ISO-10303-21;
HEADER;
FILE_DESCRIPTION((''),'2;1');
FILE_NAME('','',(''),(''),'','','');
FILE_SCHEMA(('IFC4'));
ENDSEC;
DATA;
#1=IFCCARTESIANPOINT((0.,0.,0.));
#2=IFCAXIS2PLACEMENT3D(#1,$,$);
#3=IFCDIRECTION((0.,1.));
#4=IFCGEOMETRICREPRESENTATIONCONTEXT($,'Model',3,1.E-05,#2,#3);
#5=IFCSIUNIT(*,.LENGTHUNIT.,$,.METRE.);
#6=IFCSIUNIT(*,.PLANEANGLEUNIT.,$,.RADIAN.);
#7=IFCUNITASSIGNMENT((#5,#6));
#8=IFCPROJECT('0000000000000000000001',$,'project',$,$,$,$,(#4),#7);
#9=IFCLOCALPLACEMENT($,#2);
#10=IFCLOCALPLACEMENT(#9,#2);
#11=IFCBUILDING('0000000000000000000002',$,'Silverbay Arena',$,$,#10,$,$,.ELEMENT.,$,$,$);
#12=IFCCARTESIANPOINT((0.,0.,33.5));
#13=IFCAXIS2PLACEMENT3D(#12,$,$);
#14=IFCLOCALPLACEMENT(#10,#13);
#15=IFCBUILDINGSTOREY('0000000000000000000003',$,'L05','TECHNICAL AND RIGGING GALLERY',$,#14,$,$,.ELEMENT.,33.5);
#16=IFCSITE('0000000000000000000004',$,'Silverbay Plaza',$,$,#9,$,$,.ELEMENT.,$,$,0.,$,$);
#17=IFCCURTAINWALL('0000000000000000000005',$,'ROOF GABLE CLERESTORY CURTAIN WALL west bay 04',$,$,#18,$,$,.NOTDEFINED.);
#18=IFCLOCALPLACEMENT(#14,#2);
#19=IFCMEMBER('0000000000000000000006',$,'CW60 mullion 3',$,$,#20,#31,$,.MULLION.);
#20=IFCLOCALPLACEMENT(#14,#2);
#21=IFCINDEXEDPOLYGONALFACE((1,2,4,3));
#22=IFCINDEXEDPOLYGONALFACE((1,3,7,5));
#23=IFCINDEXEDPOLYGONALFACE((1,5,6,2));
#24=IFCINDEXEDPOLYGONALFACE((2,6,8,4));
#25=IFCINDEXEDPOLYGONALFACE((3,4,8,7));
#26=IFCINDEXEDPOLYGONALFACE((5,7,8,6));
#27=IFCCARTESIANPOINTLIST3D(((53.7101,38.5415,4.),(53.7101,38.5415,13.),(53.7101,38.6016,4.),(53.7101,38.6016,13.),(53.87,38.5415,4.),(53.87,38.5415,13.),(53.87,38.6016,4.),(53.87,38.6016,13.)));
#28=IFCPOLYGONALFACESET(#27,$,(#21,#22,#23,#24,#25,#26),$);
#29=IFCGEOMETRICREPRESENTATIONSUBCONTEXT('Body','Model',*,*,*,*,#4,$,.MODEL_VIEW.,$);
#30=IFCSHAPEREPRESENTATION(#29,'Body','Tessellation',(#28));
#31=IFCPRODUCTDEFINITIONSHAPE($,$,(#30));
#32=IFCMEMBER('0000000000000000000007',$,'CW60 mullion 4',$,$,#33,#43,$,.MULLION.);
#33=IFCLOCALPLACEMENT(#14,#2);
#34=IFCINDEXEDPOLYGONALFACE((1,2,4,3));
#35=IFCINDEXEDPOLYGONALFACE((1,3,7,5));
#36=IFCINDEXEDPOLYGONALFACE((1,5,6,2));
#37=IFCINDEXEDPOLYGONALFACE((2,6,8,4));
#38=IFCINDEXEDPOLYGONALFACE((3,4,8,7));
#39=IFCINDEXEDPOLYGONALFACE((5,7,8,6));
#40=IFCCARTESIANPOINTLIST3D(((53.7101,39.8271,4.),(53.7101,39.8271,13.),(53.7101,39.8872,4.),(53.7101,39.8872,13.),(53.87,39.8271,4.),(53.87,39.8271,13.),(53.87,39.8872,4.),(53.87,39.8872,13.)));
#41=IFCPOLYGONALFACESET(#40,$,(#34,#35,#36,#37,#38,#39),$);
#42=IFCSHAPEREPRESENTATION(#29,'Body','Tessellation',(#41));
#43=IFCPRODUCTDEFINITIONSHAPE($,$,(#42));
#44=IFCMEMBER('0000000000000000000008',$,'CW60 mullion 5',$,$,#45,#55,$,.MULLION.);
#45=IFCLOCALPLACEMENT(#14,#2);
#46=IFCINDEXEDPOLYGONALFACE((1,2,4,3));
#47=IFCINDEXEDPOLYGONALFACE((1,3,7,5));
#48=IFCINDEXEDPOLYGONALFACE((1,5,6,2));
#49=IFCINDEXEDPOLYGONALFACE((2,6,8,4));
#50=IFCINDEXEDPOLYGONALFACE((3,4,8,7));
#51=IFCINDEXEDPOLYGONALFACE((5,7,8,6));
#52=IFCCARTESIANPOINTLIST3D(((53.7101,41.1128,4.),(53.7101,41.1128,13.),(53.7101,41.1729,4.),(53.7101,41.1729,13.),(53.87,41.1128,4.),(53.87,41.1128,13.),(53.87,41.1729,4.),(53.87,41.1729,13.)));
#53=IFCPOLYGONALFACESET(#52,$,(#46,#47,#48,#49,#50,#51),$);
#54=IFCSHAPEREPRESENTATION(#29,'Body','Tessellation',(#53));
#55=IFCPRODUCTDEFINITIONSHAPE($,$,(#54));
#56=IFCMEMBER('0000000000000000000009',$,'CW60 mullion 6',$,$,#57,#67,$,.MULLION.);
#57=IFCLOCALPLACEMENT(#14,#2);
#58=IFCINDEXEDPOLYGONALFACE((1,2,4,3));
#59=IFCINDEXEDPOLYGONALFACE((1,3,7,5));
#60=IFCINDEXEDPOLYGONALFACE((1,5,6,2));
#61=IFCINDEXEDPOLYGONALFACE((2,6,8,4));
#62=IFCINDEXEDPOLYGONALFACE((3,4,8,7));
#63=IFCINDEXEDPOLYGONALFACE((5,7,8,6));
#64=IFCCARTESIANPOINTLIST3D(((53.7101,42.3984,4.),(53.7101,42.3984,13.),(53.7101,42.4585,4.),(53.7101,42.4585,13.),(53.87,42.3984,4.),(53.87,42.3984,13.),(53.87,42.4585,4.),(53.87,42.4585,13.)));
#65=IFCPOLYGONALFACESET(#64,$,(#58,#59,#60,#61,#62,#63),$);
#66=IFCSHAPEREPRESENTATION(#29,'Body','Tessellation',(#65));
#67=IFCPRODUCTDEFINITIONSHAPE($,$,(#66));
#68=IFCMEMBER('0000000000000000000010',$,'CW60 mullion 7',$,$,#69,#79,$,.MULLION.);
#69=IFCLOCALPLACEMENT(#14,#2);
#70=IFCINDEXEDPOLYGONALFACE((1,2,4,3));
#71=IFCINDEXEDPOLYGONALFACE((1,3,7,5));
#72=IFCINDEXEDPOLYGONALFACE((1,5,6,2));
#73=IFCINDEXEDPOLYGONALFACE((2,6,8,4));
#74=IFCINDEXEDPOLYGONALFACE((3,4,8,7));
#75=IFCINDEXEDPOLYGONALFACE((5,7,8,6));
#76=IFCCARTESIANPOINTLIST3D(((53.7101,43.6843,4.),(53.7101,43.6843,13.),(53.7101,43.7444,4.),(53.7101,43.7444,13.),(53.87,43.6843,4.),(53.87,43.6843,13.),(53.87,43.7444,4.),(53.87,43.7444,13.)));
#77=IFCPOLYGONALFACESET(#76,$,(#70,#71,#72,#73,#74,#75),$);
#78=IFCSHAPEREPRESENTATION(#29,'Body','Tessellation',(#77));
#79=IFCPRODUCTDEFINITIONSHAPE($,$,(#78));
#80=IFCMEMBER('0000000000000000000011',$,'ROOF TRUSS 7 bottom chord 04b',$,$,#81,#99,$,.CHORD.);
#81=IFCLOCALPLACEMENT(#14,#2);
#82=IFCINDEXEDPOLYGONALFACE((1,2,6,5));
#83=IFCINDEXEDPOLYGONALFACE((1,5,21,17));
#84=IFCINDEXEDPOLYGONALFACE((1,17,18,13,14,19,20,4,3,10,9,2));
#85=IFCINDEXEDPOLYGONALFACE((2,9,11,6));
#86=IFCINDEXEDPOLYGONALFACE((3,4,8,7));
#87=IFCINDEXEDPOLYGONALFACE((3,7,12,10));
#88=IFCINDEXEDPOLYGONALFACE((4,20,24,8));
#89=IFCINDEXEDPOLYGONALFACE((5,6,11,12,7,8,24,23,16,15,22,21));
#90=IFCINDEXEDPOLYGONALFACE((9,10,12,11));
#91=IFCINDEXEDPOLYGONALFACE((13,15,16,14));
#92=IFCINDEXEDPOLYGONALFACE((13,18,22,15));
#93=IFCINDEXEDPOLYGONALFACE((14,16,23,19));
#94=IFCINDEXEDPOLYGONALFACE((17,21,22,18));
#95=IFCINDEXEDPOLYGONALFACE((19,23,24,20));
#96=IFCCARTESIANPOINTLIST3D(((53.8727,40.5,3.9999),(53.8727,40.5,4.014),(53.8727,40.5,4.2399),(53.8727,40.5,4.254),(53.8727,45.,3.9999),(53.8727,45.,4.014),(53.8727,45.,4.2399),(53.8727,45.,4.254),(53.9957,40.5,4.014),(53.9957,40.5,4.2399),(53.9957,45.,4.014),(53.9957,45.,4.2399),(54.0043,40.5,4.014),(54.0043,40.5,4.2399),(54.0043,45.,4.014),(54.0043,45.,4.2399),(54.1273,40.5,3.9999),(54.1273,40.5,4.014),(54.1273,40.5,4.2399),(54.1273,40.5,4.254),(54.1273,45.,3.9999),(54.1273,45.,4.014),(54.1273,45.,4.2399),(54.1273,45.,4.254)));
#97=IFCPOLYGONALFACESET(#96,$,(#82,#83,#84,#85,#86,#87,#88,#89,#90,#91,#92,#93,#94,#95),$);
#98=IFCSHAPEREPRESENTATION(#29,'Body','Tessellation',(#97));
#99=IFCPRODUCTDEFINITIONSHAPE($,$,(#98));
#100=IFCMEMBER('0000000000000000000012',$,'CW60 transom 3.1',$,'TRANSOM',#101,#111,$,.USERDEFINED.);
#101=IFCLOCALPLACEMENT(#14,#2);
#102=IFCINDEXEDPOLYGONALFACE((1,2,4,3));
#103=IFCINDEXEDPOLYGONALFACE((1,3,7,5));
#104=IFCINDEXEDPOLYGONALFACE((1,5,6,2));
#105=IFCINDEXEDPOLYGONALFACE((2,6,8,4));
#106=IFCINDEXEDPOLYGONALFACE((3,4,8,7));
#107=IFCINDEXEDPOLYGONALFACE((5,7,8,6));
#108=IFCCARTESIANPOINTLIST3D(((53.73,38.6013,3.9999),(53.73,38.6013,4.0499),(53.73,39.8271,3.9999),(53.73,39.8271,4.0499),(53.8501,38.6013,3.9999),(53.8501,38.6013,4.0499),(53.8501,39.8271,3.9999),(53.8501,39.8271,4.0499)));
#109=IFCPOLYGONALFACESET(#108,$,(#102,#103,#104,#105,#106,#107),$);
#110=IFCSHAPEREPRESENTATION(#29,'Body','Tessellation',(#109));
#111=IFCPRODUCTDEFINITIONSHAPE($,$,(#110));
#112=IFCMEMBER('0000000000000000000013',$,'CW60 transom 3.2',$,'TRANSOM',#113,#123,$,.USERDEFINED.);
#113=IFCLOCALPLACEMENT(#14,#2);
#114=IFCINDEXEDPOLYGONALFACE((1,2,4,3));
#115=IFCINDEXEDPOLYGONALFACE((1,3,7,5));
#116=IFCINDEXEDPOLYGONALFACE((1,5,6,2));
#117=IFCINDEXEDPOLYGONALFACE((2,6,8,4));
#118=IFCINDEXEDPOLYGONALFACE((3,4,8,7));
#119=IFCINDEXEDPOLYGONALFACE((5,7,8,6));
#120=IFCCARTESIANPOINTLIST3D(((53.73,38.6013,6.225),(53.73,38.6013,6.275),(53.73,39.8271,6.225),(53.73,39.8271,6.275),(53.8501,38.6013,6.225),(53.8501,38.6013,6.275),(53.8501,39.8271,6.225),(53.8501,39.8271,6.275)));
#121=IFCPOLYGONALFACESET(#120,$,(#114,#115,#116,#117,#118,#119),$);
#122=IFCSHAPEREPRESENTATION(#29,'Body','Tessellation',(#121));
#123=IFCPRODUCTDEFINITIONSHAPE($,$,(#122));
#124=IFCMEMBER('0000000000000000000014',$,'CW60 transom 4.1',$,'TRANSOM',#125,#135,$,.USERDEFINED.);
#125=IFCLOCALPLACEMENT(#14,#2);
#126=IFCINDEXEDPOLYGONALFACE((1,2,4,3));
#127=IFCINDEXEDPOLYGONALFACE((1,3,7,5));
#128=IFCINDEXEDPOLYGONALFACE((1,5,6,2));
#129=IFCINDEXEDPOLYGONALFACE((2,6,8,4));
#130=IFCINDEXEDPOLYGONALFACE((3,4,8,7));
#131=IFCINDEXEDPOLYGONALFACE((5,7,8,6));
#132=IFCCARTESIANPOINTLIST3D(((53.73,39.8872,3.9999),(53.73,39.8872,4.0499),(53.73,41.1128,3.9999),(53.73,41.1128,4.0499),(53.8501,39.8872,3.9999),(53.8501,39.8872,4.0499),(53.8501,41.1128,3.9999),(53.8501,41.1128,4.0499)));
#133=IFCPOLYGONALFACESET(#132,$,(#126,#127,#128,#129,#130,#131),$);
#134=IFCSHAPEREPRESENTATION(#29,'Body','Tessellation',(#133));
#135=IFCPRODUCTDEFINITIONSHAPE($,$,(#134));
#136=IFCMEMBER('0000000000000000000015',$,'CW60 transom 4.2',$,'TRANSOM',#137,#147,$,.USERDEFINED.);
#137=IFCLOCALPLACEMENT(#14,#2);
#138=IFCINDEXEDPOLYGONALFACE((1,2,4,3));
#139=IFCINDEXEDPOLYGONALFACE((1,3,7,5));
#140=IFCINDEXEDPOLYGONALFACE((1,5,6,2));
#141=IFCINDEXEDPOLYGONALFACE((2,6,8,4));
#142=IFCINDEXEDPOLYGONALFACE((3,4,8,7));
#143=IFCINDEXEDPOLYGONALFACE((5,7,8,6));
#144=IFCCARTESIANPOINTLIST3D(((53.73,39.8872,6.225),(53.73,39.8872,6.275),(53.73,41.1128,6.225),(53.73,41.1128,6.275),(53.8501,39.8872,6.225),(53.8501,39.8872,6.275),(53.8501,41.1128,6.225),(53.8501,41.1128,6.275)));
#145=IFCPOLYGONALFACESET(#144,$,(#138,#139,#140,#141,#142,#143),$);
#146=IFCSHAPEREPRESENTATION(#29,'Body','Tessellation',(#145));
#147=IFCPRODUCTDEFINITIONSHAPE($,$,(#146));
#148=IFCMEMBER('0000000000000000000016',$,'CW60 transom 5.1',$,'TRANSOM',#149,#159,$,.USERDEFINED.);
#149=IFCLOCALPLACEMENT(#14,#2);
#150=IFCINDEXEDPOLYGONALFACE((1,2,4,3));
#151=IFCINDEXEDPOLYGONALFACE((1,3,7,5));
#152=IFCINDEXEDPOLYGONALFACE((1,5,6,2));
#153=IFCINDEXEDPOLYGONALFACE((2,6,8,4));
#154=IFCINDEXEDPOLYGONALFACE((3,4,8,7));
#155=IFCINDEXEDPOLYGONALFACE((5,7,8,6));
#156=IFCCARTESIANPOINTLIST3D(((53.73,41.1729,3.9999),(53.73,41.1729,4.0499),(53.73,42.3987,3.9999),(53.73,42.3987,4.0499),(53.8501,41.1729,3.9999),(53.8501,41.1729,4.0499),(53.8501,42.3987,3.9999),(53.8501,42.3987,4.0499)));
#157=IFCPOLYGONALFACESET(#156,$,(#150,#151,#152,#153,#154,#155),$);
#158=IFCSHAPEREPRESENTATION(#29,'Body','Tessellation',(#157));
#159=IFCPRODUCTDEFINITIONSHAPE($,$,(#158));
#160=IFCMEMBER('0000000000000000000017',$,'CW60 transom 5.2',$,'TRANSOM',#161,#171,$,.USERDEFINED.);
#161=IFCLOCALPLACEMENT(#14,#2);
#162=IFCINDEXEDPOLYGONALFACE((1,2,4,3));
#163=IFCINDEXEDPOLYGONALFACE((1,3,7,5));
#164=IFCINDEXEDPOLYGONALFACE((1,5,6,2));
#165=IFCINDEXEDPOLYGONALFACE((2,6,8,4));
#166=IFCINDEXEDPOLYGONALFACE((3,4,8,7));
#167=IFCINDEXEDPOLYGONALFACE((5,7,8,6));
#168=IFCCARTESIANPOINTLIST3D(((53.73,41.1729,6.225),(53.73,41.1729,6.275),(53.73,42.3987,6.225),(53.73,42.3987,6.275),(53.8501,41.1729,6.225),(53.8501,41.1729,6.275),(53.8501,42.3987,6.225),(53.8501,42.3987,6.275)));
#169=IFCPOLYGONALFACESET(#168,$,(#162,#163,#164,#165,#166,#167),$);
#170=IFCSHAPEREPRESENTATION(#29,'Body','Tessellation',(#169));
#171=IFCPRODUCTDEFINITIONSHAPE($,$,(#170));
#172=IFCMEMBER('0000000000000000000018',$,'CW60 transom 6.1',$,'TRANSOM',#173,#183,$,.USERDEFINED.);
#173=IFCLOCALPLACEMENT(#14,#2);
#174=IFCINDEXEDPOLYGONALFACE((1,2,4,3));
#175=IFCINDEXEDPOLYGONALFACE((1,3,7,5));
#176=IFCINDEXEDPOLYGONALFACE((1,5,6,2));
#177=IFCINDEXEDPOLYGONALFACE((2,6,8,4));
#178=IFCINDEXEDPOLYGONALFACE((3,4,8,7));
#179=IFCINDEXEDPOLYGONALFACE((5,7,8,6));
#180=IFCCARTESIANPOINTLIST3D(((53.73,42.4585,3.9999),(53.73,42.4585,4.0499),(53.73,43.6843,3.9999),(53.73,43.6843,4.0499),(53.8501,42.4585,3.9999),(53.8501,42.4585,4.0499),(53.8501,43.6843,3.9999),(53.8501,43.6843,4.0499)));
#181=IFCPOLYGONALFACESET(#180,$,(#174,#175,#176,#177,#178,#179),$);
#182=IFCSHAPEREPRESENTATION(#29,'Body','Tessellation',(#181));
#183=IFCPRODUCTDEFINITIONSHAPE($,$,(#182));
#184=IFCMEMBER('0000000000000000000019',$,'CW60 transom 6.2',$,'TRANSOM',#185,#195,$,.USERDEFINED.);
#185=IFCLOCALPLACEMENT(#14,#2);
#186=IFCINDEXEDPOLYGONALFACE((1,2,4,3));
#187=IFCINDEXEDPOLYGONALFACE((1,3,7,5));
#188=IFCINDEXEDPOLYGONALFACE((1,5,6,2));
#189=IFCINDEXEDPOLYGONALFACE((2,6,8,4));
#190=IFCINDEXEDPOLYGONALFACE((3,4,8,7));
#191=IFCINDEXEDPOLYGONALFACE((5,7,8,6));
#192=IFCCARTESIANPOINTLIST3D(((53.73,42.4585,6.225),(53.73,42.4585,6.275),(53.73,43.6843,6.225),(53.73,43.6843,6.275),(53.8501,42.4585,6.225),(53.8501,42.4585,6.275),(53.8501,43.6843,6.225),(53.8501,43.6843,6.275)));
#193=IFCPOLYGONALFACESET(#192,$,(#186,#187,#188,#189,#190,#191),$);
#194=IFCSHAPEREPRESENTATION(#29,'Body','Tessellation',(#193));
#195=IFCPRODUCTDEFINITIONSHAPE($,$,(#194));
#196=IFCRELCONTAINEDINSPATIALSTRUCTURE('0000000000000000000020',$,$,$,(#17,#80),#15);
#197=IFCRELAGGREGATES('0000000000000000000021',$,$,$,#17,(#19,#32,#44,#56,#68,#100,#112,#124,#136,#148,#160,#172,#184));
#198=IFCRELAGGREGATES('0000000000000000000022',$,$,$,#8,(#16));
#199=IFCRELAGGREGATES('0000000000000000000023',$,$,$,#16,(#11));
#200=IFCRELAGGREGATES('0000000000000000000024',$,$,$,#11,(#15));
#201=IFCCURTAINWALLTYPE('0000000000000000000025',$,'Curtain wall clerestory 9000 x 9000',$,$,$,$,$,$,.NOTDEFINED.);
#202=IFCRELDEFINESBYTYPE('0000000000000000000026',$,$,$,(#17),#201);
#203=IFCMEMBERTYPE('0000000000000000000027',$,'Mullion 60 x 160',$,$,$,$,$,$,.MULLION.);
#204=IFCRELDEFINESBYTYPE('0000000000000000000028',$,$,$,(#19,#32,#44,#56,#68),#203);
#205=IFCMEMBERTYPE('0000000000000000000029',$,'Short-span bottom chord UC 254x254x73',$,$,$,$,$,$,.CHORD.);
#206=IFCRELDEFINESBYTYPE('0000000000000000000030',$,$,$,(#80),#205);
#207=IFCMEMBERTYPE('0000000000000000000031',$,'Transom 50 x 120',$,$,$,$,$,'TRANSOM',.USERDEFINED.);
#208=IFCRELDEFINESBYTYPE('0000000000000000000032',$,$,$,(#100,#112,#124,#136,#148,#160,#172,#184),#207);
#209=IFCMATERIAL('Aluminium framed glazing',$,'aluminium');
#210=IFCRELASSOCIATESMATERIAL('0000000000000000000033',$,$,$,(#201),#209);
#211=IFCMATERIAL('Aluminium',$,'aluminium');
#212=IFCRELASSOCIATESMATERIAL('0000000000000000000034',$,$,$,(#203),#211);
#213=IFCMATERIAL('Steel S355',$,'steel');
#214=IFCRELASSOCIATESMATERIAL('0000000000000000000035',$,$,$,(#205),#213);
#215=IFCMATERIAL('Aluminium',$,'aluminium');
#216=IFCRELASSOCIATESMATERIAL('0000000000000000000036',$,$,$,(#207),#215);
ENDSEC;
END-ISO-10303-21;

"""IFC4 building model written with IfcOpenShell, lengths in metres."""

from ifc_helpers import new_model, si_unit, direction, frame, origin, origin_2d, place, context, subcontext, project, spatial, rectangle, i_section, extrude, material, material_profile, profile_set, type_object, element, aggregate, save


model = new_model("IFC4")

# Units and contexts
model_context = context("Model", 3, precision=1e-05, world=origin(), true_north=direction((0.0, 1.0)))
body_context = subcontext(model_context, "Body", "Model", "MODEL_VIEW")
ifc_project = project(units=[si_unit("LENGTHUNIT", "METRE"), si_unit("PLANEANGLEUNIT", "RADIAN")], contexts=[model_context])

# Site, building, storey
site_placement = place(None, origin())
site = spatial("IfcSite", under=ifc_project, at=site_placement, Name="Silverbay Plaza", CompositionType="ELEMENT", RefElevation=0.0)
building_placement = place(site_placement, origin())
building = spatial("IfcBuilding", under=site, at=building_placement, Name="Silverbay Arena", CompositionType="ELEMENT")
storey_placement = place(building_placement, frame((0.0, 0.0, 33.5)))
storey = spatial("IfcBuildingStorey", under=building, at=storey_placement, Name="L05", Description="TECHNICAL AND RIGGING GALLERY", CompositionType="ELEMENT", Elevation=33.5)

# Curtain wall, members
ifc_material_1 = material(Name="Aluminium framed glazing", Category="aluminium")
curtain_wall_type = type_object("IfcCurtainWallType", Name="Curtain wall clerestory 9000 x 9000", PredefinedType="NOTDEFINED", material=ifc_material_1)
curtain_wall_placement = place(storey_placement, origin())
curtain_wall = element("IfcCurtainWall", 1, at=curtain_wall_placement, inside=storey, type_object=curtain_wall_type, Name="ROOF GABLE CLERESTORY CURTAIN WALL west bay 04", PredefinedType="NOTDEFINED")
ifc_material_2 = material(Name="Aluminium", Category="aluminium")
ifc_material_profile_1 = material_profile(ifc_material_2, rectangle(XDim=0.1599, YDim=0.0601, at=origin_2d()), Name="Mullion 60 x 160")
ifc_profile_set_1 = profile_set([ifc_material_profile_1], Name="Aluminium")
member_type_1 = type_object("IfcMemberType", Name="Mullion 60 x 160", PredefinedType="MULLION", material=ifc_profile_set_1)
member_1_placement = place(storey_placement, frame((53.79, 38.5715, 4.0), z_axis=(0.0, 0.0, 1.0), x_axis=(-1.0, 0.0, 0.0)))
member_1 = element("IfcMember", 2, at=member_1_placement, type_object=member_type_1, Name="CW60 mullion 3", PredefinedType="MULLION", context=body_context, shape_type="SweptSolid", body=[
    extrude(rectangle(XDim=0.1599, YDim=0.0601, at=origin_2d()), origin(), (0.0, 0.0, 1.0), 9.0),
])
member_2_placement = place(storey_placement, frame((53.79, 39.8572, 4.0), z_axis=(0.0, 0.0, 1.0), x_axis=(-1.0, 0.0, 0.0)))
member_2 = element("IfcMember", 3, at=member_2_placement, type_object=member_type_1, Name="CW60 mullion 4", PredefinedType="MULLION", context=body_context, shape_type="SweptSolid", body=[
    extrude(rectangle(XDim=0.1599, YDim=0.0601, at=origin_2d()), origin(), (0.0, 0.0, 1.0), 9.0),
])
member_3_placement = place(storey_placement, frame((53.79, 41.1428, 4.0), z_axis=(0.0, 0.0, 1.0), x_axis=(-1.0, 0.0, 0.0)))
member_3 = element("IfcMember", 4, at=member_3_placement, type_object=member_type_1, Name="CW60 mullion 5", PredefinedType="MULLION", context=body_context, shape_type="SweptSolid", body=[
    extrude(rectangle(XDim=0.1599, YDim=0.0601, at=origin_2d()), origin(), (0.0, 0.0, 1.0), 9.0),
])
member_4_placement = place(storey_placement, frame((53.79, 42.4285, 4.0), z_axis=(0.0, 0.0, 1.0), x_axis=(-1.0, 0.0, 0.0)))
member_4 = element("IfcMember", 5, at=member_4_placement, type_object=member_type_1, Name="CW60 mullion 6", PredefinedType="MULLION", context=body_context, shape_type="SweptSolid", body=[
    extrude(rectangle(XDim=0.1599, YDim=0.0601, at=origin_2d()), origin(), (0.0, 0.0, 1.0), 9.0),
])
member_5_placement = place(storey_placement, frame((53.79, 43.7144, 4.0), z_axis=(0.0, 0.0, 1.0), x_axis=(-1.0, 0.0, 0.0)))
member_5 = element("IfcMember", 6, at=member_5_placement, type_object=member_type_1, Name="CW60 mullion 7", PredefinedType="MULLION", context=body_context, shape_type="SweptSolid", body=[
    extrude(rectangle(XDim=0.1599, YDim=0.0601, at=origin_2d()), origin(), (0.0, 0.0, 1.0), 9.0),
])

# Members
ifc_material_3 = material(Name="Steel S355", Category="steel")
ifc_material_profile_2 = material_profile(ifc_material_3, i_section(OverallWidth=0.2546, OverallDepth=0.2542, WebThickness=0.0085, FlangeThickness=0.0142, at=origin_2d()), Name="UC 254x254x73")
ifc_profile_set_2 = profile_set([ifc_material_profile_2], Name="Steel S355")
member_type_2 = type_object("IfcMemberType", Name="Short-span bottom chord UC 254x254x73", PredefinedType="CHORD", material=ifc_profile_set_2)
member_6_placement = place(storey_placement, frame((54.0, 40.5, 4.127), z_axis=(0.0, 1.0, 0.0), x_axis=(-1.0, 0.0, 0.0)))
element("IfcMember", 7, at=member_6_placement, inside=storey, type_object=member_type_2, Name="ROOF TRUSS 7 bottom chord 04b", PredefinedType="CHORD", context=body_context, shape_type="SweptSolid", body=[
    extrude(i_section(OverallWidth=0.2546, OverallDepth=0.2542, WebThickness=0.0085, FlangeThickness=0.0142, at=origin_2d()), origin(), (0.0, 0.0, 1.0), 4.5),
])
ifc_material_4 = material(Name="Aluminium", Category="aluminium")
ifc_material_profile_3 = material_profile(ifc_material_4, rectangle(XDim=0.1201, YDim=0.05, at=origin_2d()), Name="Transom 50 x 120")
ifc_profile_set_3 = profile_set([ifc_material_profile_3], Name="Aluminium")
member_type_3 = type_object("IfcMemberType", Name="Transom 50 x 120", ElementType="TRANSOM", PredefinedType="USERDEFINED", material=ifc_profile_set_3)
member_7_placement = place(storey_placement, frame((53.79, 38.6013, 4.0249), z_axis=(0.0, 1.0, 0.0), x_axis=(-1.0, 0.0, 0.0)))
member_7 = element("IfcMember", 8, at=member_7_placement, type_object=member_type_3, Name="CW60 transom 3.1", ObjectType="TRANSOM", PredefinedType="USERDEFINED", context=body_context, shape_type="SweptSolid", body=[
    extrude(rectangle(XDim=0.1201, YDim=0.05, at=origin_2d()), origin(), (0.0, 0.0, 1.0), 1.2258),
])
member_8_placement = place(storey_placement, frame((53.79, 38.6013, 6.25), z_axis=(0.0, 1.0, 0.0), x_axis=(-1.0, 0.0, 0.0)))
member_8 = element("IfcMember", 9, at=member_8_placement, type_object=member_type_3, Name="CW60 transom 3.2", ObjectType="TRANSOM", PredefinedType="USERDEFINED", context=body_context, shape_type="SweptSolid", body=[
    extrude(rectangle(XDim=0.1201, YDim=0.05, at=origin_2d()), origin(), (0.0, 0.0, 1.0), 1.2258),
])
member_9_placement = place(storey_placement, frame((53.79, 39.8872, 4.0249), z_axis=(0.0, 1.0, 0.0), x_axis=(-1.0, 0.0, 0.0)))
member_9 = element("IfcMember", 10, at=member_9_placement, type_object=member_type_3, Name="CW60 transom 4.1", ObjectType="TRANSOM", PredefinedType="USERDEFINED", context=body_context, shape_type="SweptSolid", body=[
    extrude(rectangle(XDim=0.1201, YDim=0.05, at=origin_2d()), origin(), (0.0, 0.0, 1.0), 1.2256),
])
member_10_placement = place(storey_placement, frame((53.79, 39.8872, 6.25), z_axis=(0.0, 1.0, 0.0), x_axis=(-1.0, 0.0, 0.0)))
member_10 = element("IfcMember", 11, at=member_10_placement, type_object=member_type_3, Name="CW60 transom 4.2", ObjectType="TRANSOM", PredefinedType="USERDEFINED", context=body_context, shape_type="SweptSolid", body=[
    extrude(rectangle(XDim=0.1201, YDim=0.05, at=origin_2d()), origin(), (0.0, 0.0, 1.0), 1.2256),
])
member_11_placement = place(storey_placement, frame((53.79, 41.1729, 4.0249), z_axis=(0.0, 1.0, 0.0), x_axis=(-1.0, 0.0, 0.0)))
member_11 = element("IfcMember", 12, at=member_11_placement, type_object=member_type_3, Name="CW60 transom 5.1", ObjectType="TRANSOM", PredefinedType="USERDEFINED", context=body_context, shape_type="SweptSolid", body=[
    extrude(rectangle(XDim=0.1201, YDim=0.05, at=origin_2d()), origin(), (0.0, 0.0, 1.0), 1.2258),
])
member_12_placement = place(storey_placement, frame((53.79, 41.1729, 6.25), z_axis=(0.0, 1.0, 0.0), x_axis=(-1.0, 0.0, 0.0)))
member_12 = element("IfcMember", 13, at=member_12_placement, type_object=member_type_3, Name="CW60 transom 5.2", ObjectType="TRANSOM", PredefinedType="USERDEFINED", context=body_context, shape_type="SweptSolid", body=[
    extrude(rectangle(XDim=0.1201, YDim=0.05, at=origin_2d()), origin(), (0.0, 0.0, 1.0), 1.2258),
])
member_13_placement = place(storey_placement, frame((53.79, 42.4585, 4.0249), z_axis=(0.0, 1.0, 0.0), x_axis=(-1.0, 0.0, 0.0)))
member_13 = element("IfcMember", 14, at=member_13_placement, type_object=member_type_3, Name="CW60 transom 6.1", ObjectType="TRANSOM", PredefinedType="USERDEFINED", context=body_context, shape_type="SweptSolid", body=[
    extrude(rectangle(XDim=0.1201, YDim=0.05, at=origin_2d()), origin(), (0.0, 0.0, 1.0), 1.2258),
])
member_14_placement = place(storey_placement, frame((53.79, 42.4585, 6.25), z_axis=(0.0, 1.0, 0.0), x_axis=(-1.0, 0.0, 0.0)))
member_14 = element("IfcMember", 15, at=member_14_placement, type_object=member_type_3, Name="CW60 transom 6.2", ObjectType="TRANSOM", PredefinedType="USERDEFINED", context=body_context, shape_type="SweptSolid", body=[
    extrude(rectangle(XDim=0.1201, YDim=0.05, at=origin_2d()), origin(), (0.0, 0.0, 1.0), 1.2258),
])

aggregate(curtain_wall, [member_1, member_2, member_3, member_4, member_5, member_7, member_8, member_9, member_10, member_11, member_12, member_13, member_14])

save(model, "model.ifc")
